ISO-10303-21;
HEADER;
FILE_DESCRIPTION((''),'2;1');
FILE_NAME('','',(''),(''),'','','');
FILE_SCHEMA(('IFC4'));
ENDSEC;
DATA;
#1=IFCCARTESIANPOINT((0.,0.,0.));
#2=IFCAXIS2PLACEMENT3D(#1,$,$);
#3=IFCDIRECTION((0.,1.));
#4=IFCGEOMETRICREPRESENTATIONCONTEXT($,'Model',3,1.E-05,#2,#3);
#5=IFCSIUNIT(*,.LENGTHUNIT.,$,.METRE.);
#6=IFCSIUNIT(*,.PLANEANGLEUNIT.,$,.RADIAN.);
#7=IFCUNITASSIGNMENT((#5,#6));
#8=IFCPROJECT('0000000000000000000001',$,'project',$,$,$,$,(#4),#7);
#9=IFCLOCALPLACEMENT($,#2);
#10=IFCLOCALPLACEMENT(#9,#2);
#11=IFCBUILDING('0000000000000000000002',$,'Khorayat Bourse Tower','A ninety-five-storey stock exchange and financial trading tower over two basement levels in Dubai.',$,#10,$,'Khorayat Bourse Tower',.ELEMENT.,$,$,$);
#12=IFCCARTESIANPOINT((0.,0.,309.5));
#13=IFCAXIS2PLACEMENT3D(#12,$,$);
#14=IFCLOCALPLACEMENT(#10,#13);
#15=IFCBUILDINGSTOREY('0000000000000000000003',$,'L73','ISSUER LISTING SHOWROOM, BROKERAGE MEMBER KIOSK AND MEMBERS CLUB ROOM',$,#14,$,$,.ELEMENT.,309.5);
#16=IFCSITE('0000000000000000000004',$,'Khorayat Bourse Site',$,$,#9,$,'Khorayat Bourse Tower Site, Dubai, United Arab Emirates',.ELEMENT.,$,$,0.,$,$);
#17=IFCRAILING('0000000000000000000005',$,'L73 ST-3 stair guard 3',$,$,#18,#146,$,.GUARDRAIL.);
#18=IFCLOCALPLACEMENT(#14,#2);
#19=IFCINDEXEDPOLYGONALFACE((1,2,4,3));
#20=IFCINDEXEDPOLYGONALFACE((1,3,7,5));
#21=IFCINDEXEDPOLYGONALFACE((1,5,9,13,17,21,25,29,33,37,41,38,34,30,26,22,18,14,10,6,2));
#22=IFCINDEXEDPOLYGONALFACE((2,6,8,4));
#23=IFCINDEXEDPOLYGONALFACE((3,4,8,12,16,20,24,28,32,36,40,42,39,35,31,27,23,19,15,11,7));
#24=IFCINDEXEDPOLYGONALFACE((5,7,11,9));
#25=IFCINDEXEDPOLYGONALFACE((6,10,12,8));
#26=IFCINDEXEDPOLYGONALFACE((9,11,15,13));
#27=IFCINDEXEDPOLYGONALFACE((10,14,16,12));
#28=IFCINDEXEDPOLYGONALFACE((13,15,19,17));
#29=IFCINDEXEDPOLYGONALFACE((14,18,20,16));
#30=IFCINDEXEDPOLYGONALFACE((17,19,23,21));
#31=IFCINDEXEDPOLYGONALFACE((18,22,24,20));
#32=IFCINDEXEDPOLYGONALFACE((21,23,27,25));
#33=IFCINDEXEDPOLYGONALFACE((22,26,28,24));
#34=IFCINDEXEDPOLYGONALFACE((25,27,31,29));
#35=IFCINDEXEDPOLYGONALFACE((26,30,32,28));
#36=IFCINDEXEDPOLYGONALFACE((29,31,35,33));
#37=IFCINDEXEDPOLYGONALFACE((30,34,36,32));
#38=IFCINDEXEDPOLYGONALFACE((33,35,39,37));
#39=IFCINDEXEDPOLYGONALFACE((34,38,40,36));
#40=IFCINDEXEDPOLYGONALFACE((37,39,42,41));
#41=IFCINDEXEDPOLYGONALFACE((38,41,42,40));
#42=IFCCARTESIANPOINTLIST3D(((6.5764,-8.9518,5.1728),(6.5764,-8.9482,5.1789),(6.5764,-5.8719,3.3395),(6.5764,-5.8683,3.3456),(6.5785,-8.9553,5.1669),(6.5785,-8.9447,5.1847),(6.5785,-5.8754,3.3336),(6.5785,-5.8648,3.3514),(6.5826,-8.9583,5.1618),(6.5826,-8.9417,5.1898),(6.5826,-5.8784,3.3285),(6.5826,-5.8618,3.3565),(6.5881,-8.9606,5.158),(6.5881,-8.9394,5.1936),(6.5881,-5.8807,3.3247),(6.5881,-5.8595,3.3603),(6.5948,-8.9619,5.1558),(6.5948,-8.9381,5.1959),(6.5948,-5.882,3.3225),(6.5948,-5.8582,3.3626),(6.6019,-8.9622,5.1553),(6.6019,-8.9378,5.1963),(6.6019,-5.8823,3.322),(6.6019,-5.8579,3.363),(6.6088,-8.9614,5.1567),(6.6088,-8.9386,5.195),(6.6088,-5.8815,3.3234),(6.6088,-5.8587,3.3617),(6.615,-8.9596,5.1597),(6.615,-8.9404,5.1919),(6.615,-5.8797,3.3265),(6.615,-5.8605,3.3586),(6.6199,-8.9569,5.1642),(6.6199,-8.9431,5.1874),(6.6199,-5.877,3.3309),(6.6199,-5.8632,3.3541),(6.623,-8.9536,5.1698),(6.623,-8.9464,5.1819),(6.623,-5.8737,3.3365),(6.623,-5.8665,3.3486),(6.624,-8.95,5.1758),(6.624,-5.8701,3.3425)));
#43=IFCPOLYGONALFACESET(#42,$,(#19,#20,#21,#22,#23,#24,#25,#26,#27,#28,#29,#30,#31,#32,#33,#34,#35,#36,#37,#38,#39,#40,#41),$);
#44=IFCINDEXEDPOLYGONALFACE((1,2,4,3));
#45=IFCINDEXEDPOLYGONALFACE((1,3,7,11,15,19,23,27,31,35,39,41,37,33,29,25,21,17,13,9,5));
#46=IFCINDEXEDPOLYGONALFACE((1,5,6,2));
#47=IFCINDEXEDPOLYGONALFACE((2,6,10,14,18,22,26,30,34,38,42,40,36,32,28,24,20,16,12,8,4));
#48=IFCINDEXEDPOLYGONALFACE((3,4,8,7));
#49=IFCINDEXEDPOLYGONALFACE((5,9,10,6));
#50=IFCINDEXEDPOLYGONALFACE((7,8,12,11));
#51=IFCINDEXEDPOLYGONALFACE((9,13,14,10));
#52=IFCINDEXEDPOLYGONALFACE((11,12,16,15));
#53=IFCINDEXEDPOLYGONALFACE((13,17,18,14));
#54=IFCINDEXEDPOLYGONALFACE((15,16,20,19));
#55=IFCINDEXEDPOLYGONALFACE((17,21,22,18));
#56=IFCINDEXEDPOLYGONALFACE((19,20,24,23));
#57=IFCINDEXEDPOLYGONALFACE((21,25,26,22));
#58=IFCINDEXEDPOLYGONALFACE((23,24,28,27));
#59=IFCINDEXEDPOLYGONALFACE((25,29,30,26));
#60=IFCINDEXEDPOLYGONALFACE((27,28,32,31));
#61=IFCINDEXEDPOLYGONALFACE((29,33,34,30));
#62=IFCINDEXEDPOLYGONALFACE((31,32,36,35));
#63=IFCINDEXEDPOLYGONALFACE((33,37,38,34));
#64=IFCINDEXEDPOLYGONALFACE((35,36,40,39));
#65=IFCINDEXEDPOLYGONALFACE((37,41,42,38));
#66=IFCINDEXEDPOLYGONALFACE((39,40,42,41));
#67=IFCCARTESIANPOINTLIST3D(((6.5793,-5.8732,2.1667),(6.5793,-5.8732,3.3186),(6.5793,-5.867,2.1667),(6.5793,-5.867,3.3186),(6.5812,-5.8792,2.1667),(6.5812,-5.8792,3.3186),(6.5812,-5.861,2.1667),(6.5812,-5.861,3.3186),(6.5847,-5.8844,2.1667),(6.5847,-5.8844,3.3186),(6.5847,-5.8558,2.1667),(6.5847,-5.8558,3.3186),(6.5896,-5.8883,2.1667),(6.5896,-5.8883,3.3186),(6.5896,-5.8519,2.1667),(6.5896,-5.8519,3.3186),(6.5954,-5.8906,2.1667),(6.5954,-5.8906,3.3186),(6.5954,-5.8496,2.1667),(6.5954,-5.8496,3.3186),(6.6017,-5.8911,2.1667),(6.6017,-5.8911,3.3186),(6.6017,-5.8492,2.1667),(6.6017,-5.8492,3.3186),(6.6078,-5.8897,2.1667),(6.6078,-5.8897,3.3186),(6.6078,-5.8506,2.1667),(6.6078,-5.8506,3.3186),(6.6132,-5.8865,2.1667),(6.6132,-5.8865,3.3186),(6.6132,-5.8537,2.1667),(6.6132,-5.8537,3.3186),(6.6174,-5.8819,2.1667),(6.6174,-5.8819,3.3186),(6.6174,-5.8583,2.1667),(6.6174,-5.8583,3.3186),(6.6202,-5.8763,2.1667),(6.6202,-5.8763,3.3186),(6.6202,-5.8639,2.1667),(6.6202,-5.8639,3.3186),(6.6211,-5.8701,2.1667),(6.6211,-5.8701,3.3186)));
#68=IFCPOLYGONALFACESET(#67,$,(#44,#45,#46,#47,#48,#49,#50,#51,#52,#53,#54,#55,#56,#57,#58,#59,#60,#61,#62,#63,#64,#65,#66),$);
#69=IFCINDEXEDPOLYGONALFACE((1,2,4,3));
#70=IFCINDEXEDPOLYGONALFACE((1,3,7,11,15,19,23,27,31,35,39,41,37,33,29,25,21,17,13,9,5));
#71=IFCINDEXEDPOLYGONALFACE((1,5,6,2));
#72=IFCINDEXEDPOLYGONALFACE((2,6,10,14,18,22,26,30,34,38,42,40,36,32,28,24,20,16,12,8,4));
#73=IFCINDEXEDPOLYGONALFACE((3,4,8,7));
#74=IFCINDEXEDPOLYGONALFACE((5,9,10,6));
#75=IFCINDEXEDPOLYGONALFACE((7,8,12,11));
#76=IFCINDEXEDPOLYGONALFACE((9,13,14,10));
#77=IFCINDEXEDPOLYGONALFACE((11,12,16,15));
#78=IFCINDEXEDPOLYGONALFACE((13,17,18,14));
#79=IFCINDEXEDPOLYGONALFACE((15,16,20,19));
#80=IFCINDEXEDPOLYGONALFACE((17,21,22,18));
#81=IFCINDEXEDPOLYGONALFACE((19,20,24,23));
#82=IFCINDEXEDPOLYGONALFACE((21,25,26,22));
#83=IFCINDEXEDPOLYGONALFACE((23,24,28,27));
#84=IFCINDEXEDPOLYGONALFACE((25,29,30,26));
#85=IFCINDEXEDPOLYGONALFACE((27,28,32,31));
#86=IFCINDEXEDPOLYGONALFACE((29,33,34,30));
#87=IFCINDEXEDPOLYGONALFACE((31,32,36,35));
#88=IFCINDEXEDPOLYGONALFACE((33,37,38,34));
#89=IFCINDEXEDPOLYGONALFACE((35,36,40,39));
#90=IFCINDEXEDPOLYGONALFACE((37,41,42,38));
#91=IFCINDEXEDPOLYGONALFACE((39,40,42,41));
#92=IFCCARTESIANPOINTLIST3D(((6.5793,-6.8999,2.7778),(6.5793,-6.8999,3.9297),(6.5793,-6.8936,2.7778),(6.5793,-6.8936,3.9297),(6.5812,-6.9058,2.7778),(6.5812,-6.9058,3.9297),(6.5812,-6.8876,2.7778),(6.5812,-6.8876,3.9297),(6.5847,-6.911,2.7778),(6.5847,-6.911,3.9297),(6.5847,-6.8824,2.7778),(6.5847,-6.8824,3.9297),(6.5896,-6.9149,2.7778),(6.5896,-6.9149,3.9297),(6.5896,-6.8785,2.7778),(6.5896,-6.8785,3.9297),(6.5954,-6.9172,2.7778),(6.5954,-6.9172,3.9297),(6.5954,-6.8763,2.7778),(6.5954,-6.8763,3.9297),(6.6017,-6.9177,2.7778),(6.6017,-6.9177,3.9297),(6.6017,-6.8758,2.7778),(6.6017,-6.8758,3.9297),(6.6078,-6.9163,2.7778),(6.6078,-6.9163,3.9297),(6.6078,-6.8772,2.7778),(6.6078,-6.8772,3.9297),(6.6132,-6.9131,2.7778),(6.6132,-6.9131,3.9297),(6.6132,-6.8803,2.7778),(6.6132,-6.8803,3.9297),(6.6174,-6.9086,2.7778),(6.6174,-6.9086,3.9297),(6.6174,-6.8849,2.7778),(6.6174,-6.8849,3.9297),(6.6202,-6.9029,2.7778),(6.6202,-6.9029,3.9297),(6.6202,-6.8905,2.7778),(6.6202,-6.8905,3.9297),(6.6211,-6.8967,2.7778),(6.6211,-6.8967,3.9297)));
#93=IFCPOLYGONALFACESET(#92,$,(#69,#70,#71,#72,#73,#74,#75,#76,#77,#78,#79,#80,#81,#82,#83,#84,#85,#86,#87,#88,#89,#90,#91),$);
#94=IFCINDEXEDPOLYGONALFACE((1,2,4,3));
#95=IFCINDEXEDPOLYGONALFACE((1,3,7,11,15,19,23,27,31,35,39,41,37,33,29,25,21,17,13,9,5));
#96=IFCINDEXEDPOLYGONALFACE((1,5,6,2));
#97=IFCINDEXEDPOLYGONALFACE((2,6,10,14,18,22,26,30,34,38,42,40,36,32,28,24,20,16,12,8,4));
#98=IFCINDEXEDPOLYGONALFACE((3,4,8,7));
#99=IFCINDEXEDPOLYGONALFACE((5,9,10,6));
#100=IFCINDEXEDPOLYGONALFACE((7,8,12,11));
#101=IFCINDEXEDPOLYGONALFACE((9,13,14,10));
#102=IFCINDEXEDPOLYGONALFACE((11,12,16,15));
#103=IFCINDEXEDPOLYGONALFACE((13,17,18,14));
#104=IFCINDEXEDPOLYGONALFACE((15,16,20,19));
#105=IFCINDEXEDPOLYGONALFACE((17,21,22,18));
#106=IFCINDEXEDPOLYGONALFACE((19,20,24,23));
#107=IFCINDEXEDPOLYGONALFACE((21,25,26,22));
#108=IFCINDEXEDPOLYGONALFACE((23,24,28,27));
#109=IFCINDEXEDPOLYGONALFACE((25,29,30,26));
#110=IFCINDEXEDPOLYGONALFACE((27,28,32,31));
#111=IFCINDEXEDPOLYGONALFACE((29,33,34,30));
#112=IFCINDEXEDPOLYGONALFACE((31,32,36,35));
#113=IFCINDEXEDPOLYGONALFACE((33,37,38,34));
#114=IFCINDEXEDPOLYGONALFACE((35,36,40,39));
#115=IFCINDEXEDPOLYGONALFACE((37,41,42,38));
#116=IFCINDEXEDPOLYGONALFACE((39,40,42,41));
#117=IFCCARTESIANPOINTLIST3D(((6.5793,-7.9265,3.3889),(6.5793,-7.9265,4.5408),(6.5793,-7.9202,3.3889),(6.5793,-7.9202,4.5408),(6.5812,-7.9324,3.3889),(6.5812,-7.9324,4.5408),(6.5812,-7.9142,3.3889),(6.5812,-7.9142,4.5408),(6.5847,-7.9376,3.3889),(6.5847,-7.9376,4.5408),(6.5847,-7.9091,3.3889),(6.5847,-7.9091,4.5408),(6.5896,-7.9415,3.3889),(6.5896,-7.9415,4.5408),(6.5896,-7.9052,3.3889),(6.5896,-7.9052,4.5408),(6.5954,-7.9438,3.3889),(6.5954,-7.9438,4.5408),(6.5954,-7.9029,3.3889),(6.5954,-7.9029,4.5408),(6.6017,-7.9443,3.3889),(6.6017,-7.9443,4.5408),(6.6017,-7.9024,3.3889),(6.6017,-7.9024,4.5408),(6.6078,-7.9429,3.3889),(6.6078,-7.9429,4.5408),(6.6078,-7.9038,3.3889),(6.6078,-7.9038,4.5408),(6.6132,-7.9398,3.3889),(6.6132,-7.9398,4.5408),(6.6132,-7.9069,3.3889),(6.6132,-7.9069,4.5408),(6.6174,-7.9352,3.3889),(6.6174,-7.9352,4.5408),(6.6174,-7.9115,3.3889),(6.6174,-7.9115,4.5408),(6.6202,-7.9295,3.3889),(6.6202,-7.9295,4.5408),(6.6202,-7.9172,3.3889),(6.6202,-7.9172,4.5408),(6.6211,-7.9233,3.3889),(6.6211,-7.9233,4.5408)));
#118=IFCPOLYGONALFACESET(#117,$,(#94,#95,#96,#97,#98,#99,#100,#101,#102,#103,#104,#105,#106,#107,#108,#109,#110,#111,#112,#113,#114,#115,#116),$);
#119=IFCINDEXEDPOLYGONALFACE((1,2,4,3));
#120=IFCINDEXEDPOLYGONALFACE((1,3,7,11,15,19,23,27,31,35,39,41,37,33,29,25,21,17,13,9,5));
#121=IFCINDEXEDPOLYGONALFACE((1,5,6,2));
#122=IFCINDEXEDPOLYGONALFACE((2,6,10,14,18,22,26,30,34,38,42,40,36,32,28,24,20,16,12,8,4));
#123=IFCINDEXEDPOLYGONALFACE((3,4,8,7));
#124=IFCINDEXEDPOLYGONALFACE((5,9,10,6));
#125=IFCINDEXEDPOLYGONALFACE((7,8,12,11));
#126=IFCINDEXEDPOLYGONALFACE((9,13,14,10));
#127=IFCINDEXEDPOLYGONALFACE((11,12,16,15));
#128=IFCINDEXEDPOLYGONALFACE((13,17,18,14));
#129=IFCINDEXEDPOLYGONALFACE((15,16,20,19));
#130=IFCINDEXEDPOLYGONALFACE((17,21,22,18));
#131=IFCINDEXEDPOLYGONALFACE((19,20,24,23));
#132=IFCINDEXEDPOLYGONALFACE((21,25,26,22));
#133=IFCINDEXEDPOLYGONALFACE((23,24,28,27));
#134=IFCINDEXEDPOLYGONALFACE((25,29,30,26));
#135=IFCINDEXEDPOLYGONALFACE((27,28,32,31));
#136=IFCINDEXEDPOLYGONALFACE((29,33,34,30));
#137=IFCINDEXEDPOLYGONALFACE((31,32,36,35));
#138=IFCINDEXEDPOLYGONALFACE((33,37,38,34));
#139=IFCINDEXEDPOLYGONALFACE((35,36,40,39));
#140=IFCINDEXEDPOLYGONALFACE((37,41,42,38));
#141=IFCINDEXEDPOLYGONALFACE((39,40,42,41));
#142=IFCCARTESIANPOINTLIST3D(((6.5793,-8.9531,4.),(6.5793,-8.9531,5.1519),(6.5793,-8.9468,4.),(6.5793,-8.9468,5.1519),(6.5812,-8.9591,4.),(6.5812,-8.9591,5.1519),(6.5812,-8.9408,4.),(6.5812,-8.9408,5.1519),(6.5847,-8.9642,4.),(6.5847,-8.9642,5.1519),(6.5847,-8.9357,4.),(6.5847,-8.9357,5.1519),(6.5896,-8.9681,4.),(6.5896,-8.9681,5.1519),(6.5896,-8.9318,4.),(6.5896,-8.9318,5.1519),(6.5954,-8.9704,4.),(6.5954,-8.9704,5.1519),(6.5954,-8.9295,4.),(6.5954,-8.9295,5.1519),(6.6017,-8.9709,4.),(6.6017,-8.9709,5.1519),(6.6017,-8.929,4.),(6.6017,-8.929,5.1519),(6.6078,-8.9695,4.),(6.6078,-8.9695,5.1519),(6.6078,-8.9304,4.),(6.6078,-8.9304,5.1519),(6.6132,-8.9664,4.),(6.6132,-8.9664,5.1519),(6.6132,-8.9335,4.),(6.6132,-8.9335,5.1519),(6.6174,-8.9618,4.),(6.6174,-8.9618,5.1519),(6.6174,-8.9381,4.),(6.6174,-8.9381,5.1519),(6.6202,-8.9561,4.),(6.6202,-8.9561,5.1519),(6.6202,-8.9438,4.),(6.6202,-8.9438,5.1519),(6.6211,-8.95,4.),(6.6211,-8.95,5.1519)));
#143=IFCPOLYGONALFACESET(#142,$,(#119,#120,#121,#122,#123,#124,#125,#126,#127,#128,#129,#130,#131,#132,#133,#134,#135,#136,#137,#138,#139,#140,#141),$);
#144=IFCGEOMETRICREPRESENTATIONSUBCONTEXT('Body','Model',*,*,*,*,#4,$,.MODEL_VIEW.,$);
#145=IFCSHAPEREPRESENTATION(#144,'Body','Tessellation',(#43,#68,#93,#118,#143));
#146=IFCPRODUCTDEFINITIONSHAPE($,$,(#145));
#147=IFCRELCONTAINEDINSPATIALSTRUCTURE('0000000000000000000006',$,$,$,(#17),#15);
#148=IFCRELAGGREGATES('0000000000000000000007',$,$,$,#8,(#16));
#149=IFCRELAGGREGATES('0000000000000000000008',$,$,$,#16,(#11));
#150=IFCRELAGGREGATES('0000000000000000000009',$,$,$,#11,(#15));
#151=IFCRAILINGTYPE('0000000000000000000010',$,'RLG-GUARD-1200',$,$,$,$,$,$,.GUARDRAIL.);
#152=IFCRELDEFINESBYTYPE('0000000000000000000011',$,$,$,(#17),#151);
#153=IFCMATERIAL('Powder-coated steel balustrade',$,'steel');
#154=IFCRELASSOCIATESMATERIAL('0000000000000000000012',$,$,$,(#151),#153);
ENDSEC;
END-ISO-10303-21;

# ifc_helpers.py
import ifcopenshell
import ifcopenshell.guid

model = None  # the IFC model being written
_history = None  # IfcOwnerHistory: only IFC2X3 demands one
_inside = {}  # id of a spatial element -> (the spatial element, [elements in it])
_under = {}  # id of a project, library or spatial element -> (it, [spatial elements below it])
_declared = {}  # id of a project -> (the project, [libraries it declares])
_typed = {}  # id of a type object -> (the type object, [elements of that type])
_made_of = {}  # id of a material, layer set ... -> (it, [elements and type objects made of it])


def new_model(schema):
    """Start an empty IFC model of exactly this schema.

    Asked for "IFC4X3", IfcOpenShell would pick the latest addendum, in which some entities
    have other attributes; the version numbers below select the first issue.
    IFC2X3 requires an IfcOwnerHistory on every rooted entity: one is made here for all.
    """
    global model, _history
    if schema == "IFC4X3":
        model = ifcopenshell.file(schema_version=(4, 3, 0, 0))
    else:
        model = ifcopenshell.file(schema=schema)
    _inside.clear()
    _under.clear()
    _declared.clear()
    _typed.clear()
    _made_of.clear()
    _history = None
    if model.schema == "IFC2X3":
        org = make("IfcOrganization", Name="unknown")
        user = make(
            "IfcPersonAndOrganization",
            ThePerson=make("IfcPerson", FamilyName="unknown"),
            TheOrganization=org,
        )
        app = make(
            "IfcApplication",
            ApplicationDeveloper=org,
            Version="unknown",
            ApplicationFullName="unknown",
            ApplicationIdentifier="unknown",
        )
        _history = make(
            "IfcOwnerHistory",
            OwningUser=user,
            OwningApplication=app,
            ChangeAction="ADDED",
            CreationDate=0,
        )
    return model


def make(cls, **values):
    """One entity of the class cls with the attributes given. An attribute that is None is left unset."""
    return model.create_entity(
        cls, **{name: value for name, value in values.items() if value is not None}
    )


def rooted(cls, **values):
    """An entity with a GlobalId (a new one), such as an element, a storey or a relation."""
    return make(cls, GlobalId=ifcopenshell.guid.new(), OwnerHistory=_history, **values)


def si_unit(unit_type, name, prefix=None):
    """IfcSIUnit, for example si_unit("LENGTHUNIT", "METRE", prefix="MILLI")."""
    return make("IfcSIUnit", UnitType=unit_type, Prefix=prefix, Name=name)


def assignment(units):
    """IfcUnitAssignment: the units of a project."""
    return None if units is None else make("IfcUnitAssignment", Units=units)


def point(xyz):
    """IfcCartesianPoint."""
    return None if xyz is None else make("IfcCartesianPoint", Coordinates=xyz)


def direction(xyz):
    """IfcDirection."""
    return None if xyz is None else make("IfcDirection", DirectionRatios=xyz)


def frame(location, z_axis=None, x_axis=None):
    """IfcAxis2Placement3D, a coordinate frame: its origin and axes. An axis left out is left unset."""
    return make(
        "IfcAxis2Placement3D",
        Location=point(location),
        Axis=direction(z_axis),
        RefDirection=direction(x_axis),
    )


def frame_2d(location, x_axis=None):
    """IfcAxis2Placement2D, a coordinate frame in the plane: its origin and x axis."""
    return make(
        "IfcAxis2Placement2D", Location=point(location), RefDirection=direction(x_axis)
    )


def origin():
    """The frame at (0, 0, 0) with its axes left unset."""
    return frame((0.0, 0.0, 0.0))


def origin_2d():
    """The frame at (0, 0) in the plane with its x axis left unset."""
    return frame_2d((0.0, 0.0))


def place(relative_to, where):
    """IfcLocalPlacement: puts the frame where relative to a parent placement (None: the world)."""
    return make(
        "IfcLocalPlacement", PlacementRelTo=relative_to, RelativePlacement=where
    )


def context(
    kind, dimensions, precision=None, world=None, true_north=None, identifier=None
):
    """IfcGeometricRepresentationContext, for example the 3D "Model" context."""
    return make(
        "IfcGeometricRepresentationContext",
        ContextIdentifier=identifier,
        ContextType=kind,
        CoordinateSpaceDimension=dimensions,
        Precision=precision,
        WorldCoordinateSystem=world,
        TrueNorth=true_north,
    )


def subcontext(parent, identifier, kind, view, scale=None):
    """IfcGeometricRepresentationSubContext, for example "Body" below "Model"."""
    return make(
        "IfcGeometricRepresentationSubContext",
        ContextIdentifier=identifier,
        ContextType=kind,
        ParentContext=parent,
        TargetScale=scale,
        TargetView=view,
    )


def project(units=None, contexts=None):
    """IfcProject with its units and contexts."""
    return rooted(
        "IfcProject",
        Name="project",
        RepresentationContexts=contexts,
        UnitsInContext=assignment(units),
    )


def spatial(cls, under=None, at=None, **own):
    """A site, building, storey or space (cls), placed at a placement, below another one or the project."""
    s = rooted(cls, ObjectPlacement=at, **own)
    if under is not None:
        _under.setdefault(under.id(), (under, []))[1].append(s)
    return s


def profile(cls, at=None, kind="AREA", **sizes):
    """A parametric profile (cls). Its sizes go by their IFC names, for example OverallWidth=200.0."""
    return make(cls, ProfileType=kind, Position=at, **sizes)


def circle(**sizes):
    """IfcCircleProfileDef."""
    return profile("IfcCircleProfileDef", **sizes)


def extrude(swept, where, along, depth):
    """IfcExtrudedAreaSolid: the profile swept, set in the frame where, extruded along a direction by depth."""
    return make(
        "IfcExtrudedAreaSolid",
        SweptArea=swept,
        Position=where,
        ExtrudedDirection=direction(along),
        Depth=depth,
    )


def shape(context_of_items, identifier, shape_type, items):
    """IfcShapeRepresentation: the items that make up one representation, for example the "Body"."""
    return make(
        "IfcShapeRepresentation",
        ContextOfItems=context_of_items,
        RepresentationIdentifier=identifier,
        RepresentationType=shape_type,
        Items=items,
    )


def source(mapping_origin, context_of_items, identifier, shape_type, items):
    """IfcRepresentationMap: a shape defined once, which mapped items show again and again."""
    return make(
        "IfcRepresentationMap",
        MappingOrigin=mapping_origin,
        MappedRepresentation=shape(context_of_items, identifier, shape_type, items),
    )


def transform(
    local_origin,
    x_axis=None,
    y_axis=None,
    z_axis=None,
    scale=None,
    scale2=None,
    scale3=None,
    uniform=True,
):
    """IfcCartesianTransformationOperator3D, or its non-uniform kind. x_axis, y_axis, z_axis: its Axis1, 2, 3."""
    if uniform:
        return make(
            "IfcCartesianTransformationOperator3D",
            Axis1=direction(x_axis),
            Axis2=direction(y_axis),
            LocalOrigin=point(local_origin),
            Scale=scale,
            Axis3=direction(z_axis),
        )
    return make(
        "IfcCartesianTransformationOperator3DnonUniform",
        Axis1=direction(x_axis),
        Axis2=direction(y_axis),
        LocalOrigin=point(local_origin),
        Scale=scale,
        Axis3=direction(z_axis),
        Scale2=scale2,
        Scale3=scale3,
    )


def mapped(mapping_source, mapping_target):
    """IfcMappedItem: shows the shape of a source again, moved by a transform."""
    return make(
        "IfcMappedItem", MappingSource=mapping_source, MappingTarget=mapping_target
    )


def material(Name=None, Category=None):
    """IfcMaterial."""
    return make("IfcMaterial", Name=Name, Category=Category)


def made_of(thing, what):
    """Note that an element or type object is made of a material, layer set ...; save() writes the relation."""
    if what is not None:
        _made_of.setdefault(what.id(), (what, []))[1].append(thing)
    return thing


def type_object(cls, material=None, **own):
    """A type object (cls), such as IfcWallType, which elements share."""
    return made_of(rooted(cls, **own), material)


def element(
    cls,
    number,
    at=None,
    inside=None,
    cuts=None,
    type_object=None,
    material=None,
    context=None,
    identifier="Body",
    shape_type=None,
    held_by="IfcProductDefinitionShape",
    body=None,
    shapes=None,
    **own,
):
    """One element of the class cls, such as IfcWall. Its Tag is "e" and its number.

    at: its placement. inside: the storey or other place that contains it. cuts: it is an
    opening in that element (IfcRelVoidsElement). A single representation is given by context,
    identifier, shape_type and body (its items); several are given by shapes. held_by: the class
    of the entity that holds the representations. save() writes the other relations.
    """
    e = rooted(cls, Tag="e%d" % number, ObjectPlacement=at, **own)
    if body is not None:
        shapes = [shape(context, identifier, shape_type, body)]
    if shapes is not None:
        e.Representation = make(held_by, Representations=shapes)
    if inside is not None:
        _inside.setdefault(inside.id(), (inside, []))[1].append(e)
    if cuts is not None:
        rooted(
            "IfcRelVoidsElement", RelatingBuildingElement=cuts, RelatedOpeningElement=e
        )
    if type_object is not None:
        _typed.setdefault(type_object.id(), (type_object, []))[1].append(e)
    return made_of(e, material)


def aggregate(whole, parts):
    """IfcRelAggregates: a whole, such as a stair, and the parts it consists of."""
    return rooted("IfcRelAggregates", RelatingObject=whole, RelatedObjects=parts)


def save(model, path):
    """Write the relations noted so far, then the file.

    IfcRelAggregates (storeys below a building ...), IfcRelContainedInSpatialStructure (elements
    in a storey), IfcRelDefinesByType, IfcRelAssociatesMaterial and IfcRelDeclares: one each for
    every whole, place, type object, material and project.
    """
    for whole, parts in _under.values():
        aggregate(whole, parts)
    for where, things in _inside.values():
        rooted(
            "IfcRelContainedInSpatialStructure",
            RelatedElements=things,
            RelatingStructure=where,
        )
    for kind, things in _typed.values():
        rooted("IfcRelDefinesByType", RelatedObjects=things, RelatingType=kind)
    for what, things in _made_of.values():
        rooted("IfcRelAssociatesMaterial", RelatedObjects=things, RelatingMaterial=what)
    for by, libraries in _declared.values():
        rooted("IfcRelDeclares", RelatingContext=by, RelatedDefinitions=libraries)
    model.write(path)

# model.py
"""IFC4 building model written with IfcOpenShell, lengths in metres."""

from ifc_helpers import new_model, si_unit, direction, frame, origin, origin_2d, place, context, subcontext, project, spatial, circle, extrude, source, transform, mapped, material, type_object, element, save


model = new_model("IFC4")

# Units and contexts
model_context = context("Model", 3, precision=1e-05, world=origin(), true_north=direction((0.0, 1.0)))
body_context = subcontext(model_context, "Body", "Model", "MODEL_VIEW")
ifc_project = project(units=[si_unit("LENGTHUNIT", "METRE"), si_unit("PLANEANGLEUNIT", "RADIAN")], contexts=[model_context])

# Site, building, storey
site_placement = place(None, origin())
site = spatial("IfcSite", under=ifc_project, at=site_placement, Name="Khorayat Bourse Site", LongName="Khorayat Bourse Tower Site, Dubai, United Arab Emirates", CompositionType="ELEMENT", RefElevation=0.0)
building_placement = place(site_placement, origin())
building = spatial("IfcBuilding", under=site, at=building_placement, Name="Khorayat Bourse Tower", Description="A ninety-five-storey stock exchange and financial trading tower over two basement levels in Dubai.", LongName="Khorayat Bourse Tower", CompositionType="ELEMENT")
storey_placement = place(building_placement, frame((0.0, 0.0, 309.5)))
storey = spatial("IfcBuildingStorey", under=building, at=storey_placement, Name="L73", Description="ISSUER LISTING SHOWROOM, BROKERAGE MEMBER KIOSK AND MEMBERS CLUB ROOM", CompositionType="ELEMENT", Elevation=309.5)

# Railing
ifc_material_1 = material(Name="Powder-coated steel balustrade", Category="steel")
railing_type_1 = type_object("IfcRailingType", Name="RLG-GUARD-1200", PredefinedType="GUARDRAIL", material=ifc_material_1)
shared_shape_1 = source(origin(), body_context, "Body", "SweptSolid", [
    extrude(circle(Radius=0.0239, at=origin_2d()), frame((0.0, 0.0, 1.1758), z_axis=(0.0, -0.859291, 0.511487), x_axis=(1.0, 0.0, 0.0)), (0.0, 0.0, 1.0), 3.5842),
    extrude(circle(Radius=0.021, at=origin_2d()), origin(), (0.0, 0.0, 1.0), 1.1519),
    extrude(circle(Radius=0.021, at=origin_2d()), frame((0.0, -1.0266, 0.6111)), (0.0, 0.0, 1.0), 1.1519),
    extrude(circle(Radius=0.021, at=origin_2d()), frame((0.0, -2.0532, 1.2222)), (0.0, 0.0, 1.0), 1.1519),
    extrude(circle(Radius=0.021, at=origin_2d()), frame((0.0, -3.0798, 1.8333)), (0.0, 0.0, 1.0), 1.1519),
])
railing_1_placement = place(storey_placement, frame((6.6001, -5.8701, 2.1667)))
element("IfcRailing", 1, at=railing_1_placement, inside=storey, type_object=railing_type_1, Name="L73 ST-3 stair guard 3", PredefinedType="GUARDRAIL", context=body_context, shape_type="MappedRepresentation", body=[
    mapped(shared_shape_1, transform((0.0, 0.0, 0.0), scale=1.0)),
])

save(model, "model.ifc")
